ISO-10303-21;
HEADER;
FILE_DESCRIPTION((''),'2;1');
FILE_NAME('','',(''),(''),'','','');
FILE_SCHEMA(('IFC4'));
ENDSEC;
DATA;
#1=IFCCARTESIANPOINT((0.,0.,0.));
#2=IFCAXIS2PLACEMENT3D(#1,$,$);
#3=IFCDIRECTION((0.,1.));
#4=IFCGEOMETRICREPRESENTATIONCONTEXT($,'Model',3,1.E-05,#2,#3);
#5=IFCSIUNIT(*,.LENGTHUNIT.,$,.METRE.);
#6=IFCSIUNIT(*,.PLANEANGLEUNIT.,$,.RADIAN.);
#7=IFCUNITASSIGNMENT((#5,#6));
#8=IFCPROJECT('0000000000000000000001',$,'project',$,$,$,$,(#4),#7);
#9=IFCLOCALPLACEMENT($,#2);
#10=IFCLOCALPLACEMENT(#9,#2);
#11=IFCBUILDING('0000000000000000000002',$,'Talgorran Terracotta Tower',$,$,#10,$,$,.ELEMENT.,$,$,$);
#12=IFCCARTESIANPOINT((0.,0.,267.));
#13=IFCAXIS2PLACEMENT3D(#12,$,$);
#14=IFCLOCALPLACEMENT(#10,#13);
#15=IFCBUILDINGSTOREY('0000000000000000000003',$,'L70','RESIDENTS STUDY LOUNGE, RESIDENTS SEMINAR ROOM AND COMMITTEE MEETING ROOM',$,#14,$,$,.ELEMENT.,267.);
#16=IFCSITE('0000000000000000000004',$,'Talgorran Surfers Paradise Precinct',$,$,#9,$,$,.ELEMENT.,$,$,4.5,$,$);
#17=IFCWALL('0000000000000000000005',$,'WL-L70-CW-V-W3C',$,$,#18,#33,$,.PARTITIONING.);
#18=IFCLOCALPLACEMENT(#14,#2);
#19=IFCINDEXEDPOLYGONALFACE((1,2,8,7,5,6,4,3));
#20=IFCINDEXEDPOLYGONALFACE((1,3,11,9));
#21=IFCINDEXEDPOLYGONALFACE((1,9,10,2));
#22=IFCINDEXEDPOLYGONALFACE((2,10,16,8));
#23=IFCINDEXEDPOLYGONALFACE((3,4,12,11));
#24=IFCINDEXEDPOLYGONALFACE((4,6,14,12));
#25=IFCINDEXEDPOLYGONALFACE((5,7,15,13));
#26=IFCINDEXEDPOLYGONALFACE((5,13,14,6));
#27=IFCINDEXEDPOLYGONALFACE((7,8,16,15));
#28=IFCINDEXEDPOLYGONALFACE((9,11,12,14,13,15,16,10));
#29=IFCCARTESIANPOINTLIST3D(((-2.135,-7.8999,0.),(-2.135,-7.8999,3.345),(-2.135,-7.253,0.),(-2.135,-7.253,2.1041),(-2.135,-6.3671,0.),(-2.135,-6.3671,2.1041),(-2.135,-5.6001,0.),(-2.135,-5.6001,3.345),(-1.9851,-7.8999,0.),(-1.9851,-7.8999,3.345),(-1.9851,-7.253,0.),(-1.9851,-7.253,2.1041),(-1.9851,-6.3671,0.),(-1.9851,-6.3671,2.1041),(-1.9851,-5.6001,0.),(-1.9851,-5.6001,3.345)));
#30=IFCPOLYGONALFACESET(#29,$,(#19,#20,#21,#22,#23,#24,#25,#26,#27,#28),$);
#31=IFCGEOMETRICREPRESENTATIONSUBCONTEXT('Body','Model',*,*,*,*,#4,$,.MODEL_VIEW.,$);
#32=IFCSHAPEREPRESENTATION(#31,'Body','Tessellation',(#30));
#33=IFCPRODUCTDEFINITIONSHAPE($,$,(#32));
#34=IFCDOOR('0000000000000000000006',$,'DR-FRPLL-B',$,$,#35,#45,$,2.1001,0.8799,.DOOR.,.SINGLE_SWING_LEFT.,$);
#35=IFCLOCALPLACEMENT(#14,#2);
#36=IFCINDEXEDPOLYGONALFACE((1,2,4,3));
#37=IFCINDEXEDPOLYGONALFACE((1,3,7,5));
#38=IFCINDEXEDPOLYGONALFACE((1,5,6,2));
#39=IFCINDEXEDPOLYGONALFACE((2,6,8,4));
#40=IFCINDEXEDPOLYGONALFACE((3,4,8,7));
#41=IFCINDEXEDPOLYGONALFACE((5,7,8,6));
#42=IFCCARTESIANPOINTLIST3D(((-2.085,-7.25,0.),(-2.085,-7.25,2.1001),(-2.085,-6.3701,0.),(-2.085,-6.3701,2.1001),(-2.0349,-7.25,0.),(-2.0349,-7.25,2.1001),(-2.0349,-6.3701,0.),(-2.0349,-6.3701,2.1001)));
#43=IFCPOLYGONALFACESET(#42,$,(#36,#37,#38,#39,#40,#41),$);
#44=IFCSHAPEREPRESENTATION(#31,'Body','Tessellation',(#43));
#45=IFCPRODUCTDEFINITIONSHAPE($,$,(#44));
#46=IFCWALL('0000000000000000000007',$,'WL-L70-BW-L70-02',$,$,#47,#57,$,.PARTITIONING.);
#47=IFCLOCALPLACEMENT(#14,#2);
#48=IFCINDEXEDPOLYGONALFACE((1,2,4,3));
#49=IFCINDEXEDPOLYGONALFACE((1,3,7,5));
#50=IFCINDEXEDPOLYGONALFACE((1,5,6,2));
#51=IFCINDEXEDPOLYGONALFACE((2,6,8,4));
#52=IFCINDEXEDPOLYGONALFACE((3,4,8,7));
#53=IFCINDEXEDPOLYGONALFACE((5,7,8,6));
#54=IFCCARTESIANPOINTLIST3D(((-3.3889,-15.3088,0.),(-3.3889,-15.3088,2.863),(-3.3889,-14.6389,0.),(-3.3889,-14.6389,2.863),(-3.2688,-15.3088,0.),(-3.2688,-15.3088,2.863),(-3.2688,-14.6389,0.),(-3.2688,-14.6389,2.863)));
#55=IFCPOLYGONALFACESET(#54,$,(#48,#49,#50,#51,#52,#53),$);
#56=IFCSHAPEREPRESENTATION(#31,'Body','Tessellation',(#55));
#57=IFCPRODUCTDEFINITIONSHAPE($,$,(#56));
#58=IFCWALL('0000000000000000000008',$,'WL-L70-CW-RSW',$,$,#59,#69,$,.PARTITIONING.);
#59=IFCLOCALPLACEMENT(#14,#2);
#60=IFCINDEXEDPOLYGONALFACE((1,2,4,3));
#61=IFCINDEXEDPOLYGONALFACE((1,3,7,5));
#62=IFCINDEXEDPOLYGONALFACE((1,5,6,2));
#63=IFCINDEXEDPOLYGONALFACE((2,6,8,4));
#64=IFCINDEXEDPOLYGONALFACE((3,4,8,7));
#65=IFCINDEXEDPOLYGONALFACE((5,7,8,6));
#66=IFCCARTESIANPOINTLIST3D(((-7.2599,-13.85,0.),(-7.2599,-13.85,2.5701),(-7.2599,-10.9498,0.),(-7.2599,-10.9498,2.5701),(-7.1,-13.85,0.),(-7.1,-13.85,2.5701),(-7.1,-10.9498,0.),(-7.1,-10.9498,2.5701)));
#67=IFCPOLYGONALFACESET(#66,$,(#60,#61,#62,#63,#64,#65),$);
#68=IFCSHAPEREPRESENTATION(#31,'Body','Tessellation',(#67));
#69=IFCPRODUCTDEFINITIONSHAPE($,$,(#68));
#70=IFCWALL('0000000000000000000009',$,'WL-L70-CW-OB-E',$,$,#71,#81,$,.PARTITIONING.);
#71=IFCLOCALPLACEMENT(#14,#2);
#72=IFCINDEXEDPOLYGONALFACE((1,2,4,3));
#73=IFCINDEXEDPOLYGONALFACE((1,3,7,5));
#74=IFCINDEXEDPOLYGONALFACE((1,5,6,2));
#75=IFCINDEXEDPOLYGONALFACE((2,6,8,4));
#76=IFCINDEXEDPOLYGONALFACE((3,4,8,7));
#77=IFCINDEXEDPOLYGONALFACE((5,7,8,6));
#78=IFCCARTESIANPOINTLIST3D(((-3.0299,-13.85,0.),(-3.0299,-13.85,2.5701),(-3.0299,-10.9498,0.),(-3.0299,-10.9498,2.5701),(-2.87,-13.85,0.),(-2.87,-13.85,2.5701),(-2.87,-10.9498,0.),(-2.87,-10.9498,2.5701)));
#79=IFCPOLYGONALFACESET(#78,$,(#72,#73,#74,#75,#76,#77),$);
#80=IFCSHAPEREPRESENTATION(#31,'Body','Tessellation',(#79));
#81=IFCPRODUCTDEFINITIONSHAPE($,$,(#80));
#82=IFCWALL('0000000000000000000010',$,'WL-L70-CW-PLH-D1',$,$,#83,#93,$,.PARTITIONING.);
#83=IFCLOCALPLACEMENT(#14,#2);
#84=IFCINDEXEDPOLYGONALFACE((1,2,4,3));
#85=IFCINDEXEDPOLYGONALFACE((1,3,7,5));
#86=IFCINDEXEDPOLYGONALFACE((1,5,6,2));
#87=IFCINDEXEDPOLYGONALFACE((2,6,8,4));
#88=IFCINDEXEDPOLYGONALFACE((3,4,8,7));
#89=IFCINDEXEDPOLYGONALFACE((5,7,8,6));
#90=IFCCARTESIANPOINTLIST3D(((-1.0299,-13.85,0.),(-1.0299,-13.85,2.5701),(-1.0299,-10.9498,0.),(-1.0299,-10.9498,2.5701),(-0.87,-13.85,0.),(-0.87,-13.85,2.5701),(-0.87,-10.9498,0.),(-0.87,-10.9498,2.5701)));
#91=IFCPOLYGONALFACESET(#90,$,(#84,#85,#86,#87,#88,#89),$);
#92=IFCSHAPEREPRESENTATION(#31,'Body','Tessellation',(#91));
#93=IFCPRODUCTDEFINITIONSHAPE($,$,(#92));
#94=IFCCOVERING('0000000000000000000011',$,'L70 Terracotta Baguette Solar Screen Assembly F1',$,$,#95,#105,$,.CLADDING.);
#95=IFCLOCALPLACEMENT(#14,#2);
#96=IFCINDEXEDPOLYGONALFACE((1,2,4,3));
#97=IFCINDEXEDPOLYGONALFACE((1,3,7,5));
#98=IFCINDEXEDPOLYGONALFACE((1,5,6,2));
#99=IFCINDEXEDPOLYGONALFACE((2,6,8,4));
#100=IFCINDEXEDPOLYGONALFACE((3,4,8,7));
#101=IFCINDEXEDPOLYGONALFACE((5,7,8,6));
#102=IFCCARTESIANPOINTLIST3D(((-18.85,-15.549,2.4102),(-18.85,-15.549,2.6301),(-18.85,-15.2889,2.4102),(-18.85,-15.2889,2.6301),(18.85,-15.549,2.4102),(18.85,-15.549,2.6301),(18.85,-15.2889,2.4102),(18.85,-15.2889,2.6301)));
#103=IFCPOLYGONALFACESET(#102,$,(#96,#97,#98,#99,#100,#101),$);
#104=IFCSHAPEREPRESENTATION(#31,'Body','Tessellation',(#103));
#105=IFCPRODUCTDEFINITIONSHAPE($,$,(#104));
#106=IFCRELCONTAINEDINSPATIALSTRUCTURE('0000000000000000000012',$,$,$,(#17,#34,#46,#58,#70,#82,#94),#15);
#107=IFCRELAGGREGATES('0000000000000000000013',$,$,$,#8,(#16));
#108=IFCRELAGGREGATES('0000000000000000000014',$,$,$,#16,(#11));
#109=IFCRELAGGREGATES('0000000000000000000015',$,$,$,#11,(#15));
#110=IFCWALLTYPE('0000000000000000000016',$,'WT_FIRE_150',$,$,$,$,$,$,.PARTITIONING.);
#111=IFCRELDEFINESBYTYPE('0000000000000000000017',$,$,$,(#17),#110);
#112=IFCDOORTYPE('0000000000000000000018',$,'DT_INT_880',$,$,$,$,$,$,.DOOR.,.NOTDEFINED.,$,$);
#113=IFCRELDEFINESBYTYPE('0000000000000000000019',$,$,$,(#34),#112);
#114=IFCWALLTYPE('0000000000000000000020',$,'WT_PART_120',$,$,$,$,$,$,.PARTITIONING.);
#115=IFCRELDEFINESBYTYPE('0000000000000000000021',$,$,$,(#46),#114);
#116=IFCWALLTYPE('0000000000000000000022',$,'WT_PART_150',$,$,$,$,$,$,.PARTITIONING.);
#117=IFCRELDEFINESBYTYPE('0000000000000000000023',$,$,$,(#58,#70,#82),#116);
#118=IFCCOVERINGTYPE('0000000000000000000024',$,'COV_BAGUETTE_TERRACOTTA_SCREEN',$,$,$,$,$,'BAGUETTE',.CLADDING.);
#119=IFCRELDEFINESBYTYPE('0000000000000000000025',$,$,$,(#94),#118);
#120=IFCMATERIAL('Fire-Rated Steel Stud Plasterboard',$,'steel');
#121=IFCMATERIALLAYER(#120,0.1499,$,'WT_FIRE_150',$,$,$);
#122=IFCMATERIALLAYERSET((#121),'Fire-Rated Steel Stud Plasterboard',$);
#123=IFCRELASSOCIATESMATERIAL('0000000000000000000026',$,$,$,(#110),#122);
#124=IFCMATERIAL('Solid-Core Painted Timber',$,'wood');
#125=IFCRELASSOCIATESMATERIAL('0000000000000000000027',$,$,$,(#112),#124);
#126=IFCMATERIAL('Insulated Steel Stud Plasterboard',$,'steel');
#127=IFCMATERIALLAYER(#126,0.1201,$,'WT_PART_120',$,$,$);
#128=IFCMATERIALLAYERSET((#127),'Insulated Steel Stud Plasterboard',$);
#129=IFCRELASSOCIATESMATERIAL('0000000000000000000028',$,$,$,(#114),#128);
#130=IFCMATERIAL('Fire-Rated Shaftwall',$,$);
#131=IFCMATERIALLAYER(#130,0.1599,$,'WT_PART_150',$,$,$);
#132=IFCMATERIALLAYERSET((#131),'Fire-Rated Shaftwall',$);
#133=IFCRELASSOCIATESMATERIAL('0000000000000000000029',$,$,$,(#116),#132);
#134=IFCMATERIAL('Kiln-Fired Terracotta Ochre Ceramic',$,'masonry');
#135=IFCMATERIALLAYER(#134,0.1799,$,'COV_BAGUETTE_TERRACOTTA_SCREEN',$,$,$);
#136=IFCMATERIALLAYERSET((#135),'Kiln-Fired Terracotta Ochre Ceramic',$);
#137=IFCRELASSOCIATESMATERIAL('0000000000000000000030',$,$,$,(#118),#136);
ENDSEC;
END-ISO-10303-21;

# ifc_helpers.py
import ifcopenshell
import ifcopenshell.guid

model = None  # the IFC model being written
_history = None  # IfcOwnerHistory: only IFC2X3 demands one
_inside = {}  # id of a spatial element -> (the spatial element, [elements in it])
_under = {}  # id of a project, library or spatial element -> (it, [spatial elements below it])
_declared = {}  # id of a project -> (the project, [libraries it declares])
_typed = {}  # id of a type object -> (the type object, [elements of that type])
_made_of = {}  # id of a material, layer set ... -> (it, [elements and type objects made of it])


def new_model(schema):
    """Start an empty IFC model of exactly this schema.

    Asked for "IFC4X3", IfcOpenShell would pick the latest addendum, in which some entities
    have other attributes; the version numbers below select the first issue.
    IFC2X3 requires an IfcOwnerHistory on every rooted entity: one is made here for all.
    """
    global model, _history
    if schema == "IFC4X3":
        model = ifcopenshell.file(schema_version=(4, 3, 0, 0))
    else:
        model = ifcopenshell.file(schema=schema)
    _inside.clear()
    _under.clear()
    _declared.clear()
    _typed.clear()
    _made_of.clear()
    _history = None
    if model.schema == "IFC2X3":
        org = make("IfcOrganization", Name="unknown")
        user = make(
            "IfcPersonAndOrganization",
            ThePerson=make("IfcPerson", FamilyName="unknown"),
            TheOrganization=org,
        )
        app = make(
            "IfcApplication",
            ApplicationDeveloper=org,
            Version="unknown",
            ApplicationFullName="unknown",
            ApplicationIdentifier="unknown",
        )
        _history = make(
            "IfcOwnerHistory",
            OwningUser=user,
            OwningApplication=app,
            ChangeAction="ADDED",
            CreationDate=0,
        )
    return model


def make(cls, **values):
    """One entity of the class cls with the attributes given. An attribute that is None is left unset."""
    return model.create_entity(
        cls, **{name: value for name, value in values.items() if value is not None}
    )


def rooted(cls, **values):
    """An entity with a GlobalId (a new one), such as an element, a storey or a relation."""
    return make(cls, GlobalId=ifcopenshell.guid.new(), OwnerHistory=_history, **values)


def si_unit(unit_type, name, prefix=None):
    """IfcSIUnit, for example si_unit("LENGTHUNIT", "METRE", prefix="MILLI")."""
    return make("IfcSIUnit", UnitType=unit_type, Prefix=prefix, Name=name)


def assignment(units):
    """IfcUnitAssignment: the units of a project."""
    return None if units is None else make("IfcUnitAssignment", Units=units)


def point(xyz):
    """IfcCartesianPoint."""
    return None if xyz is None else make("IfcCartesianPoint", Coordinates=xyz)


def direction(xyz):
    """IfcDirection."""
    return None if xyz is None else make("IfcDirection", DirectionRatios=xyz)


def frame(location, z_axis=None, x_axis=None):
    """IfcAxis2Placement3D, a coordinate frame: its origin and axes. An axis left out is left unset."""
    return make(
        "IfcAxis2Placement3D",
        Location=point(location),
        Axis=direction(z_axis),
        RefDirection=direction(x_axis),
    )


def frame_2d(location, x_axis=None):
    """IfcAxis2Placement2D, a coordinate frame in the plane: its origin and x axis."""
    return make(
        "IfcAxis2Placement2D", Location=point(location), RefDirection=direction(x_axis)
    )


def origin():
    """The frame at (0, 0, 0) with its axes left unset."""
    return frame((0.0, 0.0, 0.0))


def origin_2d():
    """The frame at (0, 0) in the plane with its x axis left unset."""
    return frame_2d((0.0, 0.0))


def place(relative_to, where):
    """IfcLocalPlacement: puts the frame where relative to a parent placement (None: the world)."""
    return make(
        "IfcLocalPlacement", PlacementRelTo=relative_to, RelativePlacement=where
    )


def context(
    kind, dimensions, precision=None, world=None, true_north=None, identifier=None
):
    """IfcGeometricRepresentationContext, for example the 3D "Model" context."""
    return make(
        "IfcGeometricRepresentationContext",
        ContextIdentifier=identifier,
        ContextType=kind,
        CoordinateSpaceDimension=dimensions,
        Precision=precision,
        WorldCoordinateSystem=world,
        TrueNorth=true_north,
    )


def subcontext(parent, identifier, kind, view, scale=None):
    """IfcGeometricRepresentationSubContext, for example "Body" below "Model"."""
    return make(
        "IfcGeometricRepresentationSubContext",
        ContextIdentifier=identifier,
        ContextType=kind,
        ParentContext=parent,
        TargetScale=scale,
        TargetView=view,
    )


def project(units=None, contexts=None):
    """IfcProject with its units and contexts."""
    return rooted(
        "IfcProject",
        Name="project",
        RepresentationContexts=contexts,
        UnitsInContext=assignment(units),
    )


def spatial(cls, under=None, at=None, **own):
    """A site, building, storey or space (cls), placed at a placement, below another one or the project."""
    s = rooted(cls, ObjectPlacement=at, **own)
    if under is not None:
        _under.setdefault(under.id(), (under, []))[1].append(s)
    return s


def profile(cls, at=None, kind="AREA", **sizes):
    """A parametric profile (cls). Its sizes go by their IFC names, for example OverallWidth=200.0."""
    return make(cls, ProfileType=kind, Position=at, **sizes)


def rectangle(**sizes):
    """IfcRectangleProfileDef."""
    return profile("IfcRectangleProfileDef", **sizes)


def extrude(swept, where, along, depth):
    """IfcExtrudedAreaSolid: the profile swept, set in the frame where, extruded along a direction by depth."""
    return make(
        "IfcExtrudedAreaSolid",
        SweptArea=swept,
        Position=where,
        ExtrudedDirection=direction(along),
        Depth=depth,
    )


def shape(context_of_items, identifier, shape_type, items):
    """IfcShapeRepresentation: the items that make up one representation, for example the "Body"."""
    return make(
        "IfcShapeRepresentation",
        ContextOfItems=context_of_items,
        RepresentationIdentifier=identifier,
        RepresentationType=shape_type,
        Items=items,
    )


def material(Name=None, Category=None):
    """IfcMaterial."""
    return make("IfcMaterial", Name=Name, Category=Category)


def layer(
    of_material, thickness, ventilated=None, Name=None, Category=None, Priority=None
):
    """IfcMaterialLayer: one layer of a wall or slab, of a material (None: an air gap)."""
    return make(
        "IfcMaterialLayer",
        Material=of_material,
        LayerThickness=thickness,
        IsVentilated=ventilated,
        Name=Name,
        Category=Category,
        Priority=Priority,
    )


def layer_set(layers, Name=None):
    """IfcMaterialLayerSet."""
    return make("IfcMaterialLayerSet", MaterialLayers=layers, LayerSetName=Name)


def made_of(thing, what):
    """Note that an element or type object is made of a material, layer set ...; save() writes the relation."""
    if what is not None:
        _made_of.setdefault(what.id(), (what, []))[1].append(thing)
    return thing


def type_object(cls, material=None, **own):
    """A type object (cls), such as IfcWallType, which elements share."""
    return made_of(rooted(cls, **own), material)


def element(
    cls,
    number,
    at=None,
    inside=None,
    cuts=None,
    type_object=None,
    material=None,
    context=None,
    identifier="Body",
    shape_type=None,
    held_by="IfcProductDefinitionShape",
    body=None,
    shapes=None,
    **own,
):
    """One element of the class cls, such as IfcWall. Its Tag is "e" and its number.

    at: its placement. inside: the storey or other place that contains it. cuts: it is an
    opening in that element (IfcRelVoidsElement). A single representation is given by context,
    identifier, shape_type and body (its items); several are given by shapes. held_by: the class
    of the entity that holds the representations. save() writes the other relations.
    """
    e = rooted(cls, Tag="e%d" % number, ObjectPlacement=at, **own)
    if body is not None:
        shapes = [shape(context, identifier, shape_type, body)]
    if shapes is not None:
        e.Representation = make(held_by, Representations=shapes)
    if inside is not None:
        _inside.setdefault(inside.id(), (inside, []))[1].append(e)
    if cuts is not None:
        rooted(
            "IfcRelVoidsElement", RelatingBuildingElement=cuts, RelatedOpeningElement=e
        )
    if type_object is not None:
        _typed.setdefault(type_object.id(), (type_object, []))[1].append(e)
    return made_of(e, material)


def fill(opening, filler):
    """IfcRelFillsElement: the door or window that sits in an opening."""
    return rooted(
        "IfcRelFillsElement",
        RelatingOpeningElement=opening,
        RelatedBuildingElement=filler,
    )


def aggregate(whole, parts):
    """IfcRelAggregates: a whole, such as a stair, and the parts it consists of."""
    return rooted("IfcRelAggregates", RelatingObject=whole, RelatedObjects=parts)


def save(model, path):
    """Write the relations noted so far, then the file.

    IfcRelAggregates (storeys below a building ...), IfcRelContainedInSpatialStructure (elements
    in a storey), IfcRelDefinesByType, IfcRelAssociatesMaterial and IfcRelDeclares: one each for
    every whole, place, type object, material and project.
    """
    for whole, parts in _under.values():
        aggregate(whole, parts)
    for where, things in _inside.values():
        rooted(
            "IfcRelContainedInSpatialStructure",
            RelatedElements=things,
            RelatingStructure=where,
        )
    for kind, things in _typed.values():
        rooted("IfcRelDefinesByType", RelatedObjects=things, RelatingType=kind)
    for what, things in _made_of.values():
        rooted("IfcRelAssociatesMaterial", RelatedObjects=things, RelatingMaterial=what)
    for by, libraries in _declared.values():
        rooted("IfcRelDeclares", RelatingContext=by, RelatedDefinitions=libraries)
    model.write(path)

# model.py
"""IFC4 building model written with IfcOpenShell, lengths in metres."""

from ifc_helpers import new_model, si_unit, direction, frame, frame_2d, origin, origin_2d, place, context, subcontext, project, spatial, rectangle, extrude, material, layer, layer_set, type_object, element, fill, save


model = new_model("IFC4")

# Units and contexts
model_context = context("Model", 3, precision=1e-05, world=origin(), true_north=direction((0.0, 1.0)))
body_context = subcontext(model_context, "Body", "Model", "MODEL_VIEW")
ifc_project = project(units=[si_unit("LENGTHUNIT", "METRE"), si_unit("PLANEANGLEUNIT", "RADIAN")], contexts=[model_context])

# Site, building, storey
site_placement = place(None, origin())
site = spatial("IfcSite", under=ifc_project, at=site_placement, Name="Talgorran Surfers Paradise Precinct", CompositionType="ELEMENT", RefElevation=4.5)
building_placement = place(site_placement, origin())
building = spatial("IfcBuilding", under=site, at=building_placement, Name="Talgorran Terracotta Tower", CompositionType="ELEMENT")
storey_placement = place(building_placement, frame((0.0, 0.0, 267.0)))
storey = spatial("IfcBuildingStorey", under=building, at=storey_placement, Name="L70", Description="RESIDENTS STUDY LOUNGE, RESIDENTS SEMINAR ROOM AND COMMITTEE MEETING ROOM", CompositionType="ELEMENT", Elevation=267.0)

# Shared definitions
ifc_material_1 = material(Name="Fire-Rated Steel Stud Plasterboard", Category="steel")
ifc_layer_1 = layer(ifc_material_1, 0.1499, Name="WT_FIRE_150")
ifc_layer_set_1 = layer_set([ifc_layer_1], Name="Fire-Rated Steel Stud Plasterboard")
wall_type_1 = type_object("IfcWallType", Name="WT_FIRE_150", PredefinedType="PARTITIONING", material=ifc_layer_set_1)

# Wall, opening, door
wall_1_placement = place(storey_placement, frame((-2.0601, -7.8999, 0.0), z_axis=(0.0, 0.0, 1.0), x_axis=(0.0, 1.0, 0.0)))
wall_1 = element("IfcWall", 1, at=wall_1_placement, inside=storey, type_object=wall_type_1, Name="WL-L70-CW-V-W3C", PredefinedType="PARTITIONING", context=body_context, shape_type="SweptSolid", body=[
    extrude(rectangle(XDim=2.2998, YDim=0.1499, at=frame_2d((1.1499, 0.0))), origin(), (0.0, 0.0, 1.0), 3.345),
])
opening_1_placement = place(wall_1_placement, frame((0.6499, 0.0, 0.0)))
opening_1 = element("IfcOpeningElement", 2, at=opening_1_placement, cuts=wall_1, PredefinedType="OPENING", context=body_context, shape_type="SweptSolid", body=[
    extrude(rectangle(XDim=0.8859, YDim=2.1041, at=frame_2d((0.4399, 1.052))), frame((0.0, 0.085, 0.0), z_axis=(0.0, -1.0, 0.0), x_axis=(1.0, 0.0, 0.0)), (0.0, 0.0, 1.0), 0.1699),
])
ifc_material_2 = material(Name="Solid-Core Painted Timber", Category="wood")
door_type_1 = type_object("IfcDoorType", Name="DT_INT_880", OperationType="NOTDEFINED", PredefinedType="DOOR", material=ifc_material_2)
door_1_placement = place(opening_1_placement, origin())
door_1 = element("IfcDoor", 3, at=door_1_placement, inside=storey, type_object=door_type_1, Name="DR-FRPLL-B", OperationType="SINGLE_SWING_LEFT", OverallHeight=2.1001, OverallWidth=0.8799, PredefinedType="DOOR", context=body_context, shape_type="SweptSolid", body=[
    extrude(rectangle(XDim=0.8799, YDim=2.1001, at=frame_2d((0.4399, 1.05))), frame((0.0, 0.0249, 0.0), z_axis=(0.0, -1.0, 0.0), x_axis=(1.0, 0.0, 0.0)), (0.0, 0.0, 1.0), 0.05),
])
fill(opening_1, door_1)

# Walls
ifc_material_3 = material(Name="Insulated Steel Stud Plasterboard", Category="steel")
ifc_layer_2 = layer(ifc_material_3, 0.1201, Name="WT_PART_120")
ifc_layer_set_2 = layer_set([ifc_layer_2], Name="Insulated Steel Stud Plasterboard")
wall_type_2 = type_object("IfcWallType", Name="WT_PART_120", PredefinedType="PARTITIONING", material=ifc_layer_set_2)
wall_2_placement = place(storey_placement, frame((-3.3289, -14.6389, 0.0), z_axis=(0.0, 0.0, 1.0), x_axis=(0.0, -1.0, 0.0)))
element("IfcWall", 4, at=wall_2_placement, inside=storey, type_object=wall_type_2, Name="WL-L70-BW-L70-02", PredefinedType="PARTITIONING", context=body_context, shape_type="SweptSolid", body=[
    extrude(rectangle(XDim=0.6699, YDim=0.1201, at=frame_2d((0.335, 0.0))), origin(), (0.0, 0.0, 1.0), 2.863),
])
ifc_material_4 = material(Name="Fire-Rated Shaftwall")
ifc_layer_3 = layer(ifc_material_4, 0.1599, Name="WT_PART_150")
ifc_layer_set_3 = layer_set([ifc_layer_3], Name="Fire-Rated Shaftwall")
wall_type_3 = type_object("IfcWallType", Name="WT_PART_150", PredefinedType="PARTITIONING", material=ifc_layer_set_3)
for number, where, z_axis, x_axis, name in (
    (5, (-7.1799, -13.8501, 0.0), (0.0, 0.0, 1.0), (0.0, 1.0, 0.0), "WL-L70-CW-RSW"),
    (6, (-2.95, -13.8501, 0.0), (0.0, 0.0, 1.0), (0.0, 1.0, 0.0), "WL-L70-CW-OB-E"),
    (7, (-0.95, -13.8501, 0.0), (0.0, 0.0, 1.0), (0.0, 1.0, 0.0), "WL-L70-CW-PLH-D1"),
):
    element("IfcWall", number, at=place(storey_placement, frame(where, z_axis=z_axis, x_axis=x_axis)), inside=storey, type_object=wall_type_3, Name=name, PredefinedType="PARTITIONING", context=body_context, shape_type="SweptSolid", body=[
        extrude(rectangle(XDim=2.9001, YDim=0.1599, at=frame_2d((1.4502, 0.0))), origin(), (0.0, 0.0, 1.0), 2.5701),
    ])

# Covering
ifc_material_5 = material(Name="Kiln-Fired Terracotta Ochre Ceramic", Category="masonry")
ifc_layer_4 = layer(ifc_material_5, 0.1799, Name="COV_BAGUETTE_TERRACOTTA_SCREEN")
ifc_layer_set_4 = layer_set([ifc_layer_4], Name="Kiln-Fired Terracotta Ochre Ceramic")
covering_type = type_object("IfcCoveringType", Name="COV_BAGUETTE_TERRACOTTA_SCREEN", ElementType="BAGUETTE", PredefinedType="CLADDING", material=ifc_layer_set_4)
covering_placement = place(storey_placement, frame((0.0, -15.4189, 2.4102), z_axis=(0.0, 0.0, 1.0), x_axis=(1.0, 0.0, 0.0)))
element("IfcCovering", 8, at=covering_placement, inside=storey, type_object=covering_type, Name="L70 Terracotta Baguette Solar Screen Assembly F1", PredefinedType="CLADDING", context=body_context, shape_type="SweptSolid", body=[
    extrude(rectangle(XDim=37.7, YDim=0.26, at=origin_2d()), origin(), (0.0, 0.0, 1.0), 0.22),
])

save(model, "model.ifc")
